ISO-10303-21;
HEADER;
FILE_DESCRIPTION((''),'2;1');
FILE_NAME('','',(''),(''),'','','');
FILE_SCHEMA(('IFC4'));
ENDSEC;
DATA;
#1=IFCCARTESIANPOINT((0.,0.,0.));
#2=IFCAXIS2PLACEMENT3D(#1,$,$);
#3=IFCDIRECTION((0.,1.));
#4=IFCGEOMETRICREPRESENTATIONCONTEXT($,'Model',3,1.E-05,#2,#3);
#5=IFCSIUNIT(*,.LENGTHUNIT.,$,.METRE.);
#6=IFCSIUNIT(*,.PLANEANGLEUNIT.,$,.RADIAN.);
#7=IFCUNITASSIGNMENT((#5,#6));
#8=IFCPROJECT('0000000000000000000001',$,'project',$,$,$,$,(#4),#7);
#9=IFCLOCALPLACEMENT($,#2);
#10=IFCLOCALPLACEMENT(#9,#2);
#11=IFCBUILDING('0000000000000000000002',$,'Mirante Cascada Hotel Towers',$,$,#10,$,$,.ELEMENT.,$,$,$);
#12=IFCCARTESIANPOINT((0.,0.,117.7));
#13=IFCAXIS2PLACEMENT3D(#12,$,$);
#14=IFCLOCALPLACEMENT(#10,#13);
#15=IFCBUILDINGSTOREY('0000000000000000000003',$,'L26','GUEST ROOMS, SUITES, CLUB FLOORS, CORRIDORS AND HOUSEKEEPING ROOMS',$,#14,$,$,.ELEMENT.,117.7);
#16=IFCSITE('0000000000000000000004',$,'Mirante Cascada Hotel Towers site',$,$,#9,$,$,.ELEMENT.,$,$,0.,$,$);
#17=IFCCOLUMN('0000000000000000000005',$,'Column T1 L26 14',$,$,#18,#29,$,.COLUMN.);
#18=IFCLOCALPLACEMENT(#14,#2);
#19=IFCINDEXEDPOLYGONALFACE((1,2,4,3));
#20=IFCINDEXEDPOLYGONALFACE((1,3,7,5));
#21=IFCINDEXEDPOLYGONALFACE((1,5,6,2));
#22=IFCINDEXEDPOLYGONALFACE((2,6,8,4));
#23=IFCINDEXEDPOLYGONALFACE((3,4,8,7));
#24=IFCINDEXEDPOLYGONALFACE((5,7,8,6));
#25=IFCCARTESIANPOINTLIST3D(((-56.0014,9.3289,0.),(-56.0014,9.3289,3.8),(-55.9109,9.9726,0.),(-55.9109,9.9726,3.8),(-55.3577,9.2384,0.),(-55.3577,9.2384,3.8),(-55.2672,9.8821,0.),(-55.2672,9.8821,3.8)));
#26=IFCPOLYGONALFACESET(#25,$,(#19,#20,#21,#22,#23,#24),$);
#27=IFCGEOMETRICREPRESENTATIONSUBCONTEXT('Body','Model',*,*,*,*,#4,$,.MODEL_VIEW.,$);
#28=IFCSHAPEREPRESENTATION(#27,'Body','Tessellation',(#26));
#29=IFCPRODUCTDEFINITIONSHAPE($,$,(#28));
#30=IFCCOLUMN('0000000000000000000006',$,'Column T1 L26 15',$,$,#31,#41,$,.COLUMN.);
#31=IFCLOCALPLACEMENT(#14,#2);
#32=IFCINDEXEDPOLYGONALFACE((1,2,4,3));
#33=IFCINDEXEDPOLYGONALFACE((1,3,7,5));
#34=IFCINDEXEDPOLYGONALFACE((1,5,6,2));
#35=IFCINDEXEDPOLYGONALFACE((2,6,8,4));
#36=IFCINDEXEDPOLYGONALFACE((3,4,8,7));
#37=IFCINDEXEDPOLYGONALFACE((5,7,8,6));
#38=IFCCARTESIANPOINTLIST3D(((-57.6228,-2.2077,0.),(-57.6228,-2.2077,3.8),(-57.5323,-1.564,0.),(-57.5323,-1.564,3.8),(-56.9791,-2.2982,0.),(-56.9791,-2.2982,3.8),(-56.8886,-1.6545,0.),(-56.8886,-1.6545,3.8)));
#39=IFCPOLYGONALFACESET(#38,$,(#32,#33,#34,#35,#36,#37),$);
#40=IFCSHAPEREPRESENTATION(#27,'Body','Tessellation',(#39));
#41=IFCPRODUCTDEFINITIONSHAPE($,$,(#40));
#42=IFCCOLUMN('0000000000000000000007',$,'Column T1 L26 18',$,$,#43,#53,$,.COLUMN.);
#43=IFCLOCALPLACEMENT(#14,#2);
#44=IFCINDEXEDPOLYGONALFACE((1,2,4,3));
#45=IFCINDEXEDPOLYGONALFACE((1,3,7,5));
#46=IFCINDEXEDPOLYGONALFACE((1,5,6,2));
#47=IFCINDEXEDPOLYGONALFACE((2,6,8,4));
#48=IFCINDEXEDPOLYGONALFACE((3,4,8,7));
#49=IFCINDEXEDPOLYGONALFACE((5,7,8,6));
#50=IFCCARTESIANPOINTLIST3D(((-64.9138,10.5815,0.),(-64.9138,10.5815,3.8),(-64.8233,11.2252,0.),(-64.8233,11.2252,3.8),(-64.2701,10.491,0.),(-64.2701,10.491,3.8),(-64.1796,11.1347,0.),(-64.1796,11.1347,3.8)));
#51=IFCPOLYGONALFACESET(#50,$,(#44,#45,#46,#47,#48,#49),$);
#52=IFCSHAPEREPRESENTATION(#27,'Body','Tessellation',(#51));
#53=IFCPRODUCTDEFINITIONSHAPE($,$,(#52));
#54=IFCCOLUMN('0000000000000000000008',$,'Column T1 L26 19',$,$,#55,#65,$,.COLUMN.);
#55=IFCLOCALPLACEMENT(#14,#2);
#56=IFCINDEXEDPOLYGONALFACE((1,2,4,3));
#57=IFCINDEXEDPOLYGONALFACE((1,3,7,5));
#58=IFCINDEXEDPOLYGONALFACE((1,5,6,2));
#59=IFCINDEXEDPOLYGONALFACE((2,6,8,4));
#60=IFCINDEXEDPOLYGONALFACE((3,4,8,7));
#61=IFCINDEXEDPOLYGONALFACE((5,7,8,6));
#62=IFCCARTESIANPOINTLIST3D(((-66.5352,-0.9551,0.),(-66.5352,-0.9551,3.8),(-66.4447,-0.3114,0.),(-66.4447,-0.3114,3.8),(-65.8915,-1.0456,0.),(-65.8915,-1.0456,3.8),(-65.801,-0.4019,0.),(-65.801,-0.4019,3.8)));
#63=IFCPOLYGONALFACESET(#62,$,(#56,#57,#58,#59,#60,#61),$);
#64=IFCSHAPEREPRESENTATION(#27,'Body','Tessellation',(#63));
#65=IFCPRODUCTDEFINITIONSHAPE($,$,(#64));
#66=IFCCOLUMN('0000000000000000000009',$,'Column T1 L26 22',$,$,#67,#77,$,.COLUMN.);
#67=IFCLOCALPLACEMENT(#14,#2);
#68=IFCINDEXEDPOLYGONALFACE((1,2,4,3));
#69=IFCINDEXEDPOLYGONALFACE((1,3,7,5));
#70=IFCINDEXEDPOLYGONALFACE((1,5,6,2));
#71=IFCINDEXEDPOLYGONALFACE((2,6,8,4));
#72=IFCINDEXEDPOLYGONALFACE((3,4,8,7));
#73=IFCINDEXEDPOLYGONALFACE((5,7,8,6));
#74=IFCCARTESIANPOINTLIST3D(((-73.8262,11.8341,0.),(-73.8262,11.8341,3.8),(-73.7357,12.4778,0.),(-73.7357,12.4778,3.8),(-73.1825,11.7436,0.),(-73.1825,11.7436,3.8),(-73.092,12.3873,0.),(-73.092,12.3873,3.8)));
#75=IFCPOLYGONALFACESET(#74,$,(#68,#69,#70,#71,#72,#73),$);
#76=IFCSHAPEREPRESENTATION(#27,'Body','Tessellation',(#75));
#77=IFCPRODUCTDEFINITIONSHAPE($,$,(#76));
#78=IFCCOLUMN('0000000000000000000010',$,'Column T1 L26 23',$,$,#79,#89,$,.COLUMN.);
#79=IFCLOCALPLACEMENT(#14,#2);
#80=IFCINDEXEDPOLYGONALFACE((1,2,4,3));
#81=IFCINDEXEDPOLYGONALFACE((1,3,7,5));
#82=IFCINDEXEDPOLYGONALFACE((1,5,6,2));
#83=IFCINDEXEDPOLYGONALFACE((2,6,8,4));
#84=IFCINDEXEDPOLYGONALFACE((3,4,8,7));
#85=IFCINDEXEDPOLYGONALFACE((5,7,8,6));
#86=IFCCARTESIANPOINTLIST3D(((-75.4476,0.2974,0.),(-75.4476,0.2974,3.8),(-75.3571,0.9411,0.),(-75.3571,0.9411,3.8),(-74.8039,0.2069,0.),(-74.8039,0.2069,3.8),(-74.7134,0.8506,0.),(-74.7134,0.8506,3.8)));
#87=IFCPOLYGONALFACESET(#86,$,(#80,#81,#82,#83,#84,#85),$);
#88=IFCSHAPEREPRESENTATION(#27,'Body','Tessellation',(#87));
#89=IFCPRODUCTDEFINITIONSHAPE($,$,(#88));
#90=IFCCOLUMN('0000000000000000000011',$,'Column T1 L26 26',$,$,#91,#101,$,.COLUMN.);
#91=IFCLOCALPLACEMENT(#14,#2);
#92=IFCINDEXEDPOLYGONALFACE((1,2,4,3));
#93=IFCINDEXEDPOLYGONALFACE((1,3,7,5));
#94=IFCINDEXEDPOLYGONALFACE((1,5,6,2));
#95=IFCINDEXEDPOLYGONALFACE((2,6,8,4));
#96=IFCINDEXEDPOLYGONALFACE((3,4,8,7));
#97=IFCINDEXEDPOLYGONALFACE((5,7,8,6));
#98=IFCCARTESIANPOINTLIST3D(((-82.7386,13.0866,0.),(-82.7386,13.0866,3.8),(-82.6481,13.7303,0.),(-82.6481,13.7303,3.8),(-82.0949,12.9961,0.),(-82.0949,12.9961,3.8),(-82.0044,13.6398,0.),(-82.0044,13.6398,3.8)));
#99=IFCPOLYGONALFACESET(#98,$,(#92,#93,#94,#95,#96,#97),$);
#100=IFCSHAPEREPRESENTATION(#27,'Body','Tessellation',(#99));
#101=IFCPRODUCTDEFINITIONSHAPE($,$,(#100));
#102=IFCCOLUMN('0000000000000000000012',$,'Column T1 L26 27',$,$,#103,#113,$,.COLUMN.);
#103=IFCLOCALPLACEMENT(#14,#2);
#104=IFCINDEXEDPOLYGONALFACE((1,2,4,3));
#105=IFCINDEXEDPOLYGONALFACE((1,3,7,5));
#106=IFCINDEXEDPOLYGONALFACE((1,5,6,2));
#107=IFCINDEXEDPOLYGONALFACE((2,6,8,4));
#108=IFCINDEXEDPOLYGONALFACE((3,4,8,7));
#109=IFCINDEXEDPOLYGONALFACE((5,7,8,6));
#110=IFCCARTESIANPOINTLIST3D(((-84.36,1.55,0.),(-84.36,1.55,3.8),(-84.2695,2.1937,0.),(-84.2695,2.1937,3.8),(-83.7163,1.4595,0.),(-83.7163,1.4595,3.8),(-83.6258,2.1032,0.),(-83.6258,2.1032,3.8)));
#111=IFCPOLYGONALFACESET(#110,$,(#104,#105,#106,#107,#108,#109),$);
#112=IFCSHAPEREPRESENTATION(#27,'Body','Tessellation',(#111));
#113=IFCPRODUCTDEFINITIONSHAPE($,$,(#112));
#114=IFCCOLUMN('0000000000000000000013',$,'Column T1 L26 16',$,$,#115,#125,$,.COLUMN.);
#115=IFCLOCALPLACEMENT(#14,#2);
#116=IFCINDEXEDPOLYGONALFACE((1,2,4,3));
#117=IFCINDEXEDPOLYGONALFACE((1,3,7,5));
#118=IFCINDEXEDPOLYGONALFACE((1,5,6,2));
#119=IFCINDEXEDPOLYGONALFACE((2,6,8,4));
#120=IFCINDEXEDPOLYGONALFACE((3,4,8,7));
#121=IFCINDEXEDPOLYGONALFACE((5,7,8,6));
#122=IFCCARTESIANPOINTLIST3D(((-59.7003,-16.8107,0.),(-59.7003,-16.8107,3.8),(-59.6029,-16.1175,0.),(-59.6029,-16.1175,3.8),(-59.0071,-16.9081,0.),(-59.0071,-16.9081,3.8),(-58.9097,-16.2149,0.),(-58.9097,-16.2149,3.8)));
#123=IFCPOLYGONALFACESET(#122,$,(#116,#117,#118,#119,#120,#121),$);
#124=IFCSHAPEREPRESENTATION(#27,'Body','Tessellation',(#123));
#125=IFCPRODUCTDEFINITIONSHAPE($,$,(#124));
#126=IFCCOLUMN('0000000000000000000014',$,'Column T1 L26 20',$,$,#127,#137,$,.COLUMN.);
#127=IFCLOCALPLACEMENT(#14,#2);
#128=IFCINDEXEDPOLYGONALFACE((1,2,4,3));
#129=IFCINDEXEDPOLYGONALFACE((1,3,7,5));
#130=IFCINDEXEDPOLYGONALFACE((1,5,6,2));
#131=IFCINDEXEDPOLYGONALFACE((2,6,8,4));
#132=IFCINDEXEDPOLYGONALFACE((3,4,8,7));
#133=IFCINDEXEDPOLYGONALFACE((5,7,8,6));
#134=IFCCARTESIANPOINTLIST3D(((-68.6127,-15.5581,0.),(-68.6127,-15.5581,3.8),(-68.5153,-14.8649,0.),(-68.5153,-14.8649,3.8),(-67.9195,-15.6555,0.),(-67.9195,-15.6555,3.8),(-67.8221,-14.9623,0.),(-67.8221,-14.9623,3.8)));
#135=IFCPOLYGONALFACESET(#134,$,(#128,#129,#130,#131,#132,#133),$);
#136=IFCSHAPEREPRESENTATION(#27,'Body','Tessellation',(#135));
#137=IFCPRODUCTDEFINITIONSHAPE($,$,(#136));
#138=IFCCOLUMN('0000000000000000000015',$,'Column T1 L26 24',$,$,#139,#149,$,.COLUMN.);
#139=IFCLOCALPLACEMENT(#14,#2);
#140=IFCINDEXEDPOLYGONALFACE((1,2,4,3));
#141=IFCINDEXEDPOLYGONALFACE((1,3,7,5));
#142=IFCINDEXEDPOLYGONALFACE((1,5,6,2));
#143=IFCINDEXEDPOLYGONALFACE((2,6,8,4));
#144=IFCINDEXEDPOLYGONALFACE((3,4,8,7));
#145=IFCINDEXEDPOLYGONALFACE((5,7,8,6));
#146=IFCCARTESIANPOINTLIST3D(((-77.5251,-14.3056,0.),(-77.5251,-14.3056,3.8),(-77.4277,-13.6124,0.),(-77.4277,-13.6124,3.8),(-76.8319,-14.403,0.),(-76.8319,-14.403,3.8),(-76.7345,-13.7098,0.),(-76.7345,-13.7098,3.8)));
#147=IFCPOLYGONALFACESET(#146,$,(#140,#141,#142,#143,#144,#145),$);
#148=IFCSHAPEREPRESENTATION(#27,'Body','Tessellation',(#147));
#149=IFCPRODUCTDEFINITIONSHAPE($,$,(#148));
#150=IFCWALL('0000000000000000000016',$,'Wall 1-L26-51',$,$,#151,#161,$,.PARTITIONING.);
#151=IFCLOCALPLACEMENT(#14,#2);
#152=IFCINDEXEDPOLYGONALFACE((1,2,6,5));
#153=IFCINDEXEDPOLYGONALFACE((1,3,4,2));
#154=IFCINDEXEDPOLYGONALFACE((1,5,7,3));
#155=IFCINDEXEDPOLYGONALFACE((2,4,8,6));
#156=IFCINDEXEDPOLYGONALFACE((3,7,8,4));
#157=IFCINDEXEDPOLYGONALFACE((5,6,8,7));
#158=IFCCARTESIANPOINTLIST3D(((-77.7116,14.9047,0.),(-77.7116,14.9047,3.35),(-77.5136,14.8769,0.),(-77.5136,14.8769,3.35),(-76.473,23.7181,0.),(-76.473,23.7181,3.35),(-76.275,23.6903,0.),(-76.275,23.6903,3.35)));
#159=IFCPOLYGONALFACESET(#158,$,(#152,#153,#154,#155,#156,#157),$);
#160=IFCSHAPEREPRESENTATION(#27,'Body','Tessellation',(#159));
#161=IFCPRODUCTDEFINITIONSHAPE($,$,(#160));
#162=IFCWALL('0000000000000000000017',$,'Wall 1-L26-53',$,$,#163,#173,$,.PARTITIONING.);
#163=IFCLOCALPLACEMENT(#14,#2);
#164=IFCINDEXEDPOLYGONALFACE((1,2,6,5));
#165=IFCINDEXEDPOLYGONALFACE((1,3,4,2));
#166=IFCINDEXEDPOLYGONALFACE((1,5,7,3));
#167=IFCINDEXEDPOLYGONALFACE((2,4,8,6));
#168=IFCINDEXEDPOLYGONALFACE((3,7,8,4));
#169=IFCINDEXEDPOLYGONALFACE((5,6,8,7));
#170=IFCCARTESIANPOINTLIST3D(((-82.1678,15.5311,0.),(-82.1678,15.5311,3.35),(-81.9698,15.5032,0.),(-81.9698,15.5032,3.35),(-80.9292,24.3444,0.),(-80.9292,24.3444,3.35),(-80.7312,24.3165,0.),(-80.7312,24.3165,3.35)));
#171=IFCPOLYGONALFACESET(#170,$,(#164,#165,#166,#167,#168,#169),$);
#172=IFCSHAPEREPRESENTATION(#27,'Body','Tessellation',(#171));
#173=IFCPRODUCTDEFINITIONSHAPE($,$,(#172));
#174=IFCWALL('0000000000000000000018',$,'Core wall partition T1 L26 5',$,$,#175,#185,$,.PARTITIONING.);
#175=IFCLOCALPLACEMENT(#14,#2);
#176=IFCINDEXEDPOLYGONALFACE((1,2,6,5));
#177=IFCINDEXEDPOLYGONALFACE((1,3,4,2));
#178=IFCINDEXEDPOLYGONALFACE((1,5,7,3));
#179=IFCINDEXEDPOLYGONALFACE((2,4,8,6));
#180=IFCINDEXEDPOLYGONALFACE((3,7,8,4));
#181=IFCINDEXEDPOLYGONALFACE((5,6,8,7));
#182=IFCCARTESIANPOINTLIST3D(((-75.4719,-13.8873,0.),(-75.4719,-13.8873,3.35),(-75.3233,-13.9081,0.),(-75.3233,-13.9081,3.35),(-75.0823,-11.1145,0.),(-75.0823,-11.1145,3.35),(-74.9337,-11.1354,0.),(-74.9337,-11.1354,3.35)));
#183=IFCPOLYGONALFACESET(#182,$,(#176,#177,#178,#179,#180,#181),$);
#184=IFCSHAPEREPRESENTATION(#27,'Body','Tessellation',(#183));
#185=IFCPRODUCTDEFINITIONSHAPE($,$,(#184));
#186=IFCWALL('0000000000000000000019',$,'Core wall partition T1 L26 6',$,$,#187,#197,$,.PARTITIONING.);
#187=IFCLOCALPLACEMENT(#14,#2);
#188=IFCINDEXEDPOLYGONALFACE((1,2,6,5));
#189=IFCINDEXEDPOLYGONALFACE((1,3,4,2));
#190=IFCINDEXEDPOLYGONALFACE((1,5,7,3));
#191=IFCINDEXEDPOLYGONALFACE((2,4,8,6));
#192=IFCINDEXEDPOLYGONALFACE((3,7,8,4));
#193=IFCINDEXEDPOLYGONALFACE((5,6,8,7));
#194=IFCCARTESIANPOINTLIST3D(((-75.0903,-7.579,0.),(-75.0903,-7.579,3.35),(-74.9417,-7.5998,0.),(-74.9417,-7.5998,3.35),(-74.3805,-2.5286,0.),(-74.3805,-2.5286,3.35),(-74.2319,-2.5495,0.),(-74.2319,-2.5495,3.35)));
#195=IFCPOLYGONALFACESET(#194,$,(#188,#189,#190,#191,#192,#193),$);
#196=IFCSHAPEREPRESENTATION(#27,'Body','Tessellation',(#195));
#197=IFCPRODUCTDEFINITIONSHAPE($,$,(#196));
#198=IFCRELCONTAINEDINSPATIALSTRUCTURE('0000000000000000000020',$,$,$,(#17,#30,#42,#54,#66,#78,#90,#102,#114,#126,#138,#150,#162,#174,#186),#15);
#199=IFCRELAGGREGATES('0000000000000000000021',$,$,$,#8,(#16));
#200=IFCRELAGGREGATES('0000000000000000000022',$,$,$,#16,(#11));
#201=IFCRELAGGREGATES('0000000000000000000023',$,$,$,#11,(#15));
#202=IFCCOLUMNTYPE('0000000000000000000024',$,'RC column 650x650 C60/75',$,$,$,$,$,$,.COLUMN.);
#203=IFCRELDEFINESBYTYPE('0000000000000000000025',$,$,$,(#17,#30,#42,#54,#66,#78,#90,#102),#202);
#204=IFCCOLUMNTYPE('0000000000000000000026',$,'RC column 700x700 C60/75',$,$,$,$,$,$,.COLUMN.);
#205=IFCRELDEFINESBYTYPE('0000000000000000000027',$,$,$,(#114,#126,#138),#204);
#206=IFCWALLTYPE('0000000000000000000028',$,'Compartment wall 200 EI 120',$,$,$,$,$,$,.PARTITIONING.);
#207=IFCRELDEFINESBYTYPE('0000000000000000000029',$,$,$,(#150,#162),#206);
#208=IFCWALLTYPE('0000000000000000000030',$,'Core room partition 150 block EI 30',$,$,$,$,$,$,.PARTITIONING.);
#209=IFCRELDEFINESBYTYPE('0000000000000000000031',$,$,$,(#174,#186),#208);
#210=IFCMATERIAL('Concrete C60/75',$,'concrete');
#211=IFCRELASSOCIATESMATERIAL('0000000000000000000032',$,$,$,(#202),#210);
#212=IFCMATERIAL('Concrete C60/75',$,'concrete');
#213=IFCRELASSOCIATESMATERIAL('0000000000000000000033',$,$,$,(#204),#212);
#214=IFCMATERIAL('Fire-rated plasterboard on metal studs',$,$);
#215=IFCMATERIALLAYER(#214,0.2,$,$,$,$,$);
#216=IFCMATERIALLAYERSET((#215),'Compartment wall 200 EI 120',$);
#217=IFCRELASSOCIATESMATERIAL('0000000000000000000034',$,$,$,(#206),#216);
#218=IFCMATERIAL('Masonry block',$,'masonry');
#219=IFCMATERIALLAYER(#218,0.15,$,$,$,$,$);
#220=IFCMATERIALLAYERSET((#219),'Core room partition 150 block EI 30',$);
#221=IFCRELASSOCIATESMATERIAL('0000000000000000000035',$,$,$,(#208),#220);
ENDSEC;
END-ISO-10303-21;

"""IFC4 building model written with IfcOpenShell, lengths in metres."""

from ifc_helpers import new_model, si_unit, direction, frame, frame_2d, origin, origin_2d, place, context, subcontext, project, spatial, rectangle, extrude, material, layer, layer_set, material_profile, profile_set, type_object, element, save


model = new_model("IFC4")

# Units and contexts
model_context = context("Model", 3, precision=1e-05, world=origin(), true_north=direction((0.0, 1.0)))
body_context = subcontext(model_context, "Body", "Model", "MODEL_VIEW")
ifc_project = project(units=[si_unit("LENGTHUNIT", "METRE"), si_unit("PLANEANGLEUNIT", "RADIAN")], contexts=[model_context])

# Site, building, storey
site_placement = place(None, origin())
site = spatial("IfcSite", under=ifc_project, at=site_placement, Name="Mirante Cascada Hotel Towers site", CompositionType="ELEMENT", RefElevation=0.0)
building_placement = place(site_placement, origin())
building = spatial("IfcBuilding", under=site, at=building_placement, Name="Mirante Cascada Hotel Towers", CompositionType="ELEMENT")
storey_placement = place(building_placement, frame((0.0, 0.0, 117.7)))
storey = spatial("IfcBuildingStorey", under=building, at=storey_placement, Name="L26", Description="GUEST ROOMS, SUITES, CLUB FLOORS, CORRIDORS AND HOUSEKEEPING ROOMS", CompositionType="ELEMENT", Elevation=117.7)

# Columns
ifc_material_1 = material(Name="Concrete C60/75", Category="concrete")
ifc_material_profile_1 = material_profile(ifc_material_1, rectangle(XDim=0.65, YDim=0.65, at=origin_2d()), Name="RC column 650x650 C60/75")
ifc_profile_set_1 = profile_set([ifc_material_profile_1], Name="Concrete C60/75")
column_type_1 = type_object("IfcColumnType", Name="RC column 650x650 C60/75", PredefinedType="COLUMN", material=ifc_profile_set_1)
for number, where, z_axis, x_axis, name in (
    (1, (-55.6343, 9.6055, 0.0), (0.0, 0.0, 1.0), (-0.990268, 0.139173, 0.0), "Column T1 L26 14"),
    (2, (-57.2557, -1.9311, 0.0), (0.0, 0.0, 1.0), (-0.990268, 0.139173, 0.0), "Column T1 L26 15"),
    (3, (-64.5467, 10.8581, 0.0), (0.0, 0.0, 1.0), (-0.990268, 0.139173, 0.0), "Column T1 L26 18"),
    (4, (-66.1681, -0.6785, 0.0), (0.0, 0.0, 1.0), (-0.990268, 0.139173, 0.0), "Column T1 L26 19"),
    (5, (-73.4591, 12.1107, 0.0), (0.0, 0.0, 1.0), (-0.990268, 0.139173, 0.0), "Column T1 L26 22"),
    (6, (-75.0805, 0.574, 0.0), (0.0, 0.0, 1.0), (-0.990268, 0.139173, 0.0), "Column T1 L26 23"),
    (7, (-82.3715, 13.3632, 0.0), (0.0, 0.0, 1.0), (-0.990268, 0.139173, 0.0), "Column T1 L26 26"),
    (8, (-83.9929, 1.8266, 0.0), (0.0, 0.0, 1.0), (-0.990268, 0.139173, 0.0), "Column T1 L26 27"),
):
    element("IfcColumn", number, at=place(storey_placement, frame(where, z_axis=z_axis, x_axis=x_axis)), inside=storey, type_object=column_type_1, Name=name, PredefinedType="COLUMN", context=body_context, shape_type="SweptSolid", body=[
        extrude(rectangle(XDim=0.65, YDim=0.65, at=origin_2d()), origin(), (0.0, 0.0, 1.0), 3.8),
    ])
ifc_material_2 = material(Name="Concrete C60/75", Category="concrete")
ifc_material_profile_2 = material_profile(ifc_material_2, rectangle(XDim=0.7, YDim=0.7, at=origin_2d()), Name="RC column 700x700 C60/75")
ifc_profile_set_2 = profile_set([ifc_material_profile_2], Name="Concrete C60/75")
column_type_2 = type_object("IfcColumnType", Name="RC column 700x700 C60/75", PredefinedType="COLUMN", material=ifc_profile_set_2)
for number, where, z_axis, x_axis, name in (
    (9, (-59.305, -16.5128, 0.0), (0.0, 0.0, 1.0), (-0.990268, 0.139173, 0.0), "Column T1 L26 16"),
    (10, (-68.2174, -15.2602, 0.0), (0.0, 0.0, 1.0), (-0.990268, 0.139173, 0.0), "Column T1 L26 20"),
    (11, (-77.1298, -14.0077, 0.0), (0.0, 0.0, 1.0), (-0.990268, 0.139173, 0.0), "Column T1 L26 24"),
):
    element("IfcColumn", number, at=place(storey_placement, frame(where, z_axis=z_axis, x_axis=x_axis)), inside=storey, type_object=column_type_2, Name=name, PredefinedType="COLUMN", context=body_context, shape_type="SweptSolid", body=[
        extrude(rectangle(XDim=0.7, YDim=0.7, at=origin_2d()), origin(), (0.0, 0.0, 1.0), 3.8),
    ])

# Walls
ifc_material_3 = material(Name="Fire-rated plasterboard on metal studs")
ifc_layer_1 = layer(ifc_material_3, 0.2)
ifc_layer_set_1 = layer_set([ifc_layer_1], Name="Compartment wall 200 EI 120")
wall_type_1 = type_object("IfcWallType", Name="Compartment wall 200 EI 120", PredefinedType="PARTITIONING", material=ifc_layer_set_1)
wall_1_placement = place(storey_placement, frame((-77.6126, 14.8908, 0.0), z_axis=(0.0, 0.0, 1.0), x_axis=(0.139168, 0.990269, 0.0)))
element("IfcWall", 12, at=wall_1_placement, inside=storey, type_object=wall_type_1, Name="Wall 1-L26-51", PredefinedType="PARTITIONING", context=body_context, shape_type="SweptSolid", body=[
    extrude(rectangle(XDim=8.9, YDim=0.2, at=frame_2d((4.45, 0.0))), origin(), (0.0, 0.0, 1.0), 3.35),
])
wall_2_placement = place(storey_placement, frame((-82.0688, 15.5171, 0.0), z_axis=(0.0, 0.0, 1.0), x_axis=(0.13917, 0.990268, 0.0)))
element("IfcWall", 13, at=wall_2_placement, inside=storey, type_object=wall_type_1, Name="Wall 1-L26-53", PredefinedType="PARTITIONING", context=body_context, shape_type="SweptSolid", body=[
    extrude(rectangle(XDim=8.8999, YDim=0.2, at=frame_2d((4.45, 0.0))), origin(), (0.0, 0.0, 1.0), 3.35),
])
ifc_material_4 = material(Name="Masonry block", Category="masonry")
ifc_layer_2 = layer(ifc_material_4, 0.15)
ifc_layer_set_2 = layer_set([ifc_layer_2], Name="Core room partition 150 block EI 30")
wall_type_2 = type_object("IfcWallType", Name="Core room partition 150 block EI 30", PredefinedType="PARTITIONING", material=ifc_layer_set_2)
wall_3_placement = place(storey_placement, frame((-75.3976, -13.8977, 0.0), z_axis=(0.0, 0.0, 1.0), x_axis=(0.139141, 0.990273, 0.0)))
element("IfcWall", 14, at=wall_3_placement, inside=storey, type_object=wall_type_2, Name="Core wall partition T1 L26 5", PredefinedType="PARTITIONING", context=body_context, shape_type="SweptSolid", body=[
    extrude(rectangle(XDim=2.8, YDim=0.15, at=frame_2d((1.4, 0.0))), origin(), (0.0, 0.0, 1.0), 3.35),
])
wall_4_placement = place(storey_placement, frame((-75.016, -7.5894, 0.0), z_axis=(0.0, 0.0, 1.0), x_axis=(0.139176, 0.990268, 0.0)))
element("IfcWall", 15, at=wall_4_placement, inside=storey, type_object=wall_type_2, Name="Core wall partition T1 L26 6", PredefinedType="PARTITIONING", context=body_context, shape_type="SweptSolid", body=[
    extrude(rectangle(XDim=5.1, YDim=0.15, at=frame_2d((2.55, 0.0))), origin(), (0.0, 0.0, 1.0), 3.35),
])

save(model, "model.ifc")
